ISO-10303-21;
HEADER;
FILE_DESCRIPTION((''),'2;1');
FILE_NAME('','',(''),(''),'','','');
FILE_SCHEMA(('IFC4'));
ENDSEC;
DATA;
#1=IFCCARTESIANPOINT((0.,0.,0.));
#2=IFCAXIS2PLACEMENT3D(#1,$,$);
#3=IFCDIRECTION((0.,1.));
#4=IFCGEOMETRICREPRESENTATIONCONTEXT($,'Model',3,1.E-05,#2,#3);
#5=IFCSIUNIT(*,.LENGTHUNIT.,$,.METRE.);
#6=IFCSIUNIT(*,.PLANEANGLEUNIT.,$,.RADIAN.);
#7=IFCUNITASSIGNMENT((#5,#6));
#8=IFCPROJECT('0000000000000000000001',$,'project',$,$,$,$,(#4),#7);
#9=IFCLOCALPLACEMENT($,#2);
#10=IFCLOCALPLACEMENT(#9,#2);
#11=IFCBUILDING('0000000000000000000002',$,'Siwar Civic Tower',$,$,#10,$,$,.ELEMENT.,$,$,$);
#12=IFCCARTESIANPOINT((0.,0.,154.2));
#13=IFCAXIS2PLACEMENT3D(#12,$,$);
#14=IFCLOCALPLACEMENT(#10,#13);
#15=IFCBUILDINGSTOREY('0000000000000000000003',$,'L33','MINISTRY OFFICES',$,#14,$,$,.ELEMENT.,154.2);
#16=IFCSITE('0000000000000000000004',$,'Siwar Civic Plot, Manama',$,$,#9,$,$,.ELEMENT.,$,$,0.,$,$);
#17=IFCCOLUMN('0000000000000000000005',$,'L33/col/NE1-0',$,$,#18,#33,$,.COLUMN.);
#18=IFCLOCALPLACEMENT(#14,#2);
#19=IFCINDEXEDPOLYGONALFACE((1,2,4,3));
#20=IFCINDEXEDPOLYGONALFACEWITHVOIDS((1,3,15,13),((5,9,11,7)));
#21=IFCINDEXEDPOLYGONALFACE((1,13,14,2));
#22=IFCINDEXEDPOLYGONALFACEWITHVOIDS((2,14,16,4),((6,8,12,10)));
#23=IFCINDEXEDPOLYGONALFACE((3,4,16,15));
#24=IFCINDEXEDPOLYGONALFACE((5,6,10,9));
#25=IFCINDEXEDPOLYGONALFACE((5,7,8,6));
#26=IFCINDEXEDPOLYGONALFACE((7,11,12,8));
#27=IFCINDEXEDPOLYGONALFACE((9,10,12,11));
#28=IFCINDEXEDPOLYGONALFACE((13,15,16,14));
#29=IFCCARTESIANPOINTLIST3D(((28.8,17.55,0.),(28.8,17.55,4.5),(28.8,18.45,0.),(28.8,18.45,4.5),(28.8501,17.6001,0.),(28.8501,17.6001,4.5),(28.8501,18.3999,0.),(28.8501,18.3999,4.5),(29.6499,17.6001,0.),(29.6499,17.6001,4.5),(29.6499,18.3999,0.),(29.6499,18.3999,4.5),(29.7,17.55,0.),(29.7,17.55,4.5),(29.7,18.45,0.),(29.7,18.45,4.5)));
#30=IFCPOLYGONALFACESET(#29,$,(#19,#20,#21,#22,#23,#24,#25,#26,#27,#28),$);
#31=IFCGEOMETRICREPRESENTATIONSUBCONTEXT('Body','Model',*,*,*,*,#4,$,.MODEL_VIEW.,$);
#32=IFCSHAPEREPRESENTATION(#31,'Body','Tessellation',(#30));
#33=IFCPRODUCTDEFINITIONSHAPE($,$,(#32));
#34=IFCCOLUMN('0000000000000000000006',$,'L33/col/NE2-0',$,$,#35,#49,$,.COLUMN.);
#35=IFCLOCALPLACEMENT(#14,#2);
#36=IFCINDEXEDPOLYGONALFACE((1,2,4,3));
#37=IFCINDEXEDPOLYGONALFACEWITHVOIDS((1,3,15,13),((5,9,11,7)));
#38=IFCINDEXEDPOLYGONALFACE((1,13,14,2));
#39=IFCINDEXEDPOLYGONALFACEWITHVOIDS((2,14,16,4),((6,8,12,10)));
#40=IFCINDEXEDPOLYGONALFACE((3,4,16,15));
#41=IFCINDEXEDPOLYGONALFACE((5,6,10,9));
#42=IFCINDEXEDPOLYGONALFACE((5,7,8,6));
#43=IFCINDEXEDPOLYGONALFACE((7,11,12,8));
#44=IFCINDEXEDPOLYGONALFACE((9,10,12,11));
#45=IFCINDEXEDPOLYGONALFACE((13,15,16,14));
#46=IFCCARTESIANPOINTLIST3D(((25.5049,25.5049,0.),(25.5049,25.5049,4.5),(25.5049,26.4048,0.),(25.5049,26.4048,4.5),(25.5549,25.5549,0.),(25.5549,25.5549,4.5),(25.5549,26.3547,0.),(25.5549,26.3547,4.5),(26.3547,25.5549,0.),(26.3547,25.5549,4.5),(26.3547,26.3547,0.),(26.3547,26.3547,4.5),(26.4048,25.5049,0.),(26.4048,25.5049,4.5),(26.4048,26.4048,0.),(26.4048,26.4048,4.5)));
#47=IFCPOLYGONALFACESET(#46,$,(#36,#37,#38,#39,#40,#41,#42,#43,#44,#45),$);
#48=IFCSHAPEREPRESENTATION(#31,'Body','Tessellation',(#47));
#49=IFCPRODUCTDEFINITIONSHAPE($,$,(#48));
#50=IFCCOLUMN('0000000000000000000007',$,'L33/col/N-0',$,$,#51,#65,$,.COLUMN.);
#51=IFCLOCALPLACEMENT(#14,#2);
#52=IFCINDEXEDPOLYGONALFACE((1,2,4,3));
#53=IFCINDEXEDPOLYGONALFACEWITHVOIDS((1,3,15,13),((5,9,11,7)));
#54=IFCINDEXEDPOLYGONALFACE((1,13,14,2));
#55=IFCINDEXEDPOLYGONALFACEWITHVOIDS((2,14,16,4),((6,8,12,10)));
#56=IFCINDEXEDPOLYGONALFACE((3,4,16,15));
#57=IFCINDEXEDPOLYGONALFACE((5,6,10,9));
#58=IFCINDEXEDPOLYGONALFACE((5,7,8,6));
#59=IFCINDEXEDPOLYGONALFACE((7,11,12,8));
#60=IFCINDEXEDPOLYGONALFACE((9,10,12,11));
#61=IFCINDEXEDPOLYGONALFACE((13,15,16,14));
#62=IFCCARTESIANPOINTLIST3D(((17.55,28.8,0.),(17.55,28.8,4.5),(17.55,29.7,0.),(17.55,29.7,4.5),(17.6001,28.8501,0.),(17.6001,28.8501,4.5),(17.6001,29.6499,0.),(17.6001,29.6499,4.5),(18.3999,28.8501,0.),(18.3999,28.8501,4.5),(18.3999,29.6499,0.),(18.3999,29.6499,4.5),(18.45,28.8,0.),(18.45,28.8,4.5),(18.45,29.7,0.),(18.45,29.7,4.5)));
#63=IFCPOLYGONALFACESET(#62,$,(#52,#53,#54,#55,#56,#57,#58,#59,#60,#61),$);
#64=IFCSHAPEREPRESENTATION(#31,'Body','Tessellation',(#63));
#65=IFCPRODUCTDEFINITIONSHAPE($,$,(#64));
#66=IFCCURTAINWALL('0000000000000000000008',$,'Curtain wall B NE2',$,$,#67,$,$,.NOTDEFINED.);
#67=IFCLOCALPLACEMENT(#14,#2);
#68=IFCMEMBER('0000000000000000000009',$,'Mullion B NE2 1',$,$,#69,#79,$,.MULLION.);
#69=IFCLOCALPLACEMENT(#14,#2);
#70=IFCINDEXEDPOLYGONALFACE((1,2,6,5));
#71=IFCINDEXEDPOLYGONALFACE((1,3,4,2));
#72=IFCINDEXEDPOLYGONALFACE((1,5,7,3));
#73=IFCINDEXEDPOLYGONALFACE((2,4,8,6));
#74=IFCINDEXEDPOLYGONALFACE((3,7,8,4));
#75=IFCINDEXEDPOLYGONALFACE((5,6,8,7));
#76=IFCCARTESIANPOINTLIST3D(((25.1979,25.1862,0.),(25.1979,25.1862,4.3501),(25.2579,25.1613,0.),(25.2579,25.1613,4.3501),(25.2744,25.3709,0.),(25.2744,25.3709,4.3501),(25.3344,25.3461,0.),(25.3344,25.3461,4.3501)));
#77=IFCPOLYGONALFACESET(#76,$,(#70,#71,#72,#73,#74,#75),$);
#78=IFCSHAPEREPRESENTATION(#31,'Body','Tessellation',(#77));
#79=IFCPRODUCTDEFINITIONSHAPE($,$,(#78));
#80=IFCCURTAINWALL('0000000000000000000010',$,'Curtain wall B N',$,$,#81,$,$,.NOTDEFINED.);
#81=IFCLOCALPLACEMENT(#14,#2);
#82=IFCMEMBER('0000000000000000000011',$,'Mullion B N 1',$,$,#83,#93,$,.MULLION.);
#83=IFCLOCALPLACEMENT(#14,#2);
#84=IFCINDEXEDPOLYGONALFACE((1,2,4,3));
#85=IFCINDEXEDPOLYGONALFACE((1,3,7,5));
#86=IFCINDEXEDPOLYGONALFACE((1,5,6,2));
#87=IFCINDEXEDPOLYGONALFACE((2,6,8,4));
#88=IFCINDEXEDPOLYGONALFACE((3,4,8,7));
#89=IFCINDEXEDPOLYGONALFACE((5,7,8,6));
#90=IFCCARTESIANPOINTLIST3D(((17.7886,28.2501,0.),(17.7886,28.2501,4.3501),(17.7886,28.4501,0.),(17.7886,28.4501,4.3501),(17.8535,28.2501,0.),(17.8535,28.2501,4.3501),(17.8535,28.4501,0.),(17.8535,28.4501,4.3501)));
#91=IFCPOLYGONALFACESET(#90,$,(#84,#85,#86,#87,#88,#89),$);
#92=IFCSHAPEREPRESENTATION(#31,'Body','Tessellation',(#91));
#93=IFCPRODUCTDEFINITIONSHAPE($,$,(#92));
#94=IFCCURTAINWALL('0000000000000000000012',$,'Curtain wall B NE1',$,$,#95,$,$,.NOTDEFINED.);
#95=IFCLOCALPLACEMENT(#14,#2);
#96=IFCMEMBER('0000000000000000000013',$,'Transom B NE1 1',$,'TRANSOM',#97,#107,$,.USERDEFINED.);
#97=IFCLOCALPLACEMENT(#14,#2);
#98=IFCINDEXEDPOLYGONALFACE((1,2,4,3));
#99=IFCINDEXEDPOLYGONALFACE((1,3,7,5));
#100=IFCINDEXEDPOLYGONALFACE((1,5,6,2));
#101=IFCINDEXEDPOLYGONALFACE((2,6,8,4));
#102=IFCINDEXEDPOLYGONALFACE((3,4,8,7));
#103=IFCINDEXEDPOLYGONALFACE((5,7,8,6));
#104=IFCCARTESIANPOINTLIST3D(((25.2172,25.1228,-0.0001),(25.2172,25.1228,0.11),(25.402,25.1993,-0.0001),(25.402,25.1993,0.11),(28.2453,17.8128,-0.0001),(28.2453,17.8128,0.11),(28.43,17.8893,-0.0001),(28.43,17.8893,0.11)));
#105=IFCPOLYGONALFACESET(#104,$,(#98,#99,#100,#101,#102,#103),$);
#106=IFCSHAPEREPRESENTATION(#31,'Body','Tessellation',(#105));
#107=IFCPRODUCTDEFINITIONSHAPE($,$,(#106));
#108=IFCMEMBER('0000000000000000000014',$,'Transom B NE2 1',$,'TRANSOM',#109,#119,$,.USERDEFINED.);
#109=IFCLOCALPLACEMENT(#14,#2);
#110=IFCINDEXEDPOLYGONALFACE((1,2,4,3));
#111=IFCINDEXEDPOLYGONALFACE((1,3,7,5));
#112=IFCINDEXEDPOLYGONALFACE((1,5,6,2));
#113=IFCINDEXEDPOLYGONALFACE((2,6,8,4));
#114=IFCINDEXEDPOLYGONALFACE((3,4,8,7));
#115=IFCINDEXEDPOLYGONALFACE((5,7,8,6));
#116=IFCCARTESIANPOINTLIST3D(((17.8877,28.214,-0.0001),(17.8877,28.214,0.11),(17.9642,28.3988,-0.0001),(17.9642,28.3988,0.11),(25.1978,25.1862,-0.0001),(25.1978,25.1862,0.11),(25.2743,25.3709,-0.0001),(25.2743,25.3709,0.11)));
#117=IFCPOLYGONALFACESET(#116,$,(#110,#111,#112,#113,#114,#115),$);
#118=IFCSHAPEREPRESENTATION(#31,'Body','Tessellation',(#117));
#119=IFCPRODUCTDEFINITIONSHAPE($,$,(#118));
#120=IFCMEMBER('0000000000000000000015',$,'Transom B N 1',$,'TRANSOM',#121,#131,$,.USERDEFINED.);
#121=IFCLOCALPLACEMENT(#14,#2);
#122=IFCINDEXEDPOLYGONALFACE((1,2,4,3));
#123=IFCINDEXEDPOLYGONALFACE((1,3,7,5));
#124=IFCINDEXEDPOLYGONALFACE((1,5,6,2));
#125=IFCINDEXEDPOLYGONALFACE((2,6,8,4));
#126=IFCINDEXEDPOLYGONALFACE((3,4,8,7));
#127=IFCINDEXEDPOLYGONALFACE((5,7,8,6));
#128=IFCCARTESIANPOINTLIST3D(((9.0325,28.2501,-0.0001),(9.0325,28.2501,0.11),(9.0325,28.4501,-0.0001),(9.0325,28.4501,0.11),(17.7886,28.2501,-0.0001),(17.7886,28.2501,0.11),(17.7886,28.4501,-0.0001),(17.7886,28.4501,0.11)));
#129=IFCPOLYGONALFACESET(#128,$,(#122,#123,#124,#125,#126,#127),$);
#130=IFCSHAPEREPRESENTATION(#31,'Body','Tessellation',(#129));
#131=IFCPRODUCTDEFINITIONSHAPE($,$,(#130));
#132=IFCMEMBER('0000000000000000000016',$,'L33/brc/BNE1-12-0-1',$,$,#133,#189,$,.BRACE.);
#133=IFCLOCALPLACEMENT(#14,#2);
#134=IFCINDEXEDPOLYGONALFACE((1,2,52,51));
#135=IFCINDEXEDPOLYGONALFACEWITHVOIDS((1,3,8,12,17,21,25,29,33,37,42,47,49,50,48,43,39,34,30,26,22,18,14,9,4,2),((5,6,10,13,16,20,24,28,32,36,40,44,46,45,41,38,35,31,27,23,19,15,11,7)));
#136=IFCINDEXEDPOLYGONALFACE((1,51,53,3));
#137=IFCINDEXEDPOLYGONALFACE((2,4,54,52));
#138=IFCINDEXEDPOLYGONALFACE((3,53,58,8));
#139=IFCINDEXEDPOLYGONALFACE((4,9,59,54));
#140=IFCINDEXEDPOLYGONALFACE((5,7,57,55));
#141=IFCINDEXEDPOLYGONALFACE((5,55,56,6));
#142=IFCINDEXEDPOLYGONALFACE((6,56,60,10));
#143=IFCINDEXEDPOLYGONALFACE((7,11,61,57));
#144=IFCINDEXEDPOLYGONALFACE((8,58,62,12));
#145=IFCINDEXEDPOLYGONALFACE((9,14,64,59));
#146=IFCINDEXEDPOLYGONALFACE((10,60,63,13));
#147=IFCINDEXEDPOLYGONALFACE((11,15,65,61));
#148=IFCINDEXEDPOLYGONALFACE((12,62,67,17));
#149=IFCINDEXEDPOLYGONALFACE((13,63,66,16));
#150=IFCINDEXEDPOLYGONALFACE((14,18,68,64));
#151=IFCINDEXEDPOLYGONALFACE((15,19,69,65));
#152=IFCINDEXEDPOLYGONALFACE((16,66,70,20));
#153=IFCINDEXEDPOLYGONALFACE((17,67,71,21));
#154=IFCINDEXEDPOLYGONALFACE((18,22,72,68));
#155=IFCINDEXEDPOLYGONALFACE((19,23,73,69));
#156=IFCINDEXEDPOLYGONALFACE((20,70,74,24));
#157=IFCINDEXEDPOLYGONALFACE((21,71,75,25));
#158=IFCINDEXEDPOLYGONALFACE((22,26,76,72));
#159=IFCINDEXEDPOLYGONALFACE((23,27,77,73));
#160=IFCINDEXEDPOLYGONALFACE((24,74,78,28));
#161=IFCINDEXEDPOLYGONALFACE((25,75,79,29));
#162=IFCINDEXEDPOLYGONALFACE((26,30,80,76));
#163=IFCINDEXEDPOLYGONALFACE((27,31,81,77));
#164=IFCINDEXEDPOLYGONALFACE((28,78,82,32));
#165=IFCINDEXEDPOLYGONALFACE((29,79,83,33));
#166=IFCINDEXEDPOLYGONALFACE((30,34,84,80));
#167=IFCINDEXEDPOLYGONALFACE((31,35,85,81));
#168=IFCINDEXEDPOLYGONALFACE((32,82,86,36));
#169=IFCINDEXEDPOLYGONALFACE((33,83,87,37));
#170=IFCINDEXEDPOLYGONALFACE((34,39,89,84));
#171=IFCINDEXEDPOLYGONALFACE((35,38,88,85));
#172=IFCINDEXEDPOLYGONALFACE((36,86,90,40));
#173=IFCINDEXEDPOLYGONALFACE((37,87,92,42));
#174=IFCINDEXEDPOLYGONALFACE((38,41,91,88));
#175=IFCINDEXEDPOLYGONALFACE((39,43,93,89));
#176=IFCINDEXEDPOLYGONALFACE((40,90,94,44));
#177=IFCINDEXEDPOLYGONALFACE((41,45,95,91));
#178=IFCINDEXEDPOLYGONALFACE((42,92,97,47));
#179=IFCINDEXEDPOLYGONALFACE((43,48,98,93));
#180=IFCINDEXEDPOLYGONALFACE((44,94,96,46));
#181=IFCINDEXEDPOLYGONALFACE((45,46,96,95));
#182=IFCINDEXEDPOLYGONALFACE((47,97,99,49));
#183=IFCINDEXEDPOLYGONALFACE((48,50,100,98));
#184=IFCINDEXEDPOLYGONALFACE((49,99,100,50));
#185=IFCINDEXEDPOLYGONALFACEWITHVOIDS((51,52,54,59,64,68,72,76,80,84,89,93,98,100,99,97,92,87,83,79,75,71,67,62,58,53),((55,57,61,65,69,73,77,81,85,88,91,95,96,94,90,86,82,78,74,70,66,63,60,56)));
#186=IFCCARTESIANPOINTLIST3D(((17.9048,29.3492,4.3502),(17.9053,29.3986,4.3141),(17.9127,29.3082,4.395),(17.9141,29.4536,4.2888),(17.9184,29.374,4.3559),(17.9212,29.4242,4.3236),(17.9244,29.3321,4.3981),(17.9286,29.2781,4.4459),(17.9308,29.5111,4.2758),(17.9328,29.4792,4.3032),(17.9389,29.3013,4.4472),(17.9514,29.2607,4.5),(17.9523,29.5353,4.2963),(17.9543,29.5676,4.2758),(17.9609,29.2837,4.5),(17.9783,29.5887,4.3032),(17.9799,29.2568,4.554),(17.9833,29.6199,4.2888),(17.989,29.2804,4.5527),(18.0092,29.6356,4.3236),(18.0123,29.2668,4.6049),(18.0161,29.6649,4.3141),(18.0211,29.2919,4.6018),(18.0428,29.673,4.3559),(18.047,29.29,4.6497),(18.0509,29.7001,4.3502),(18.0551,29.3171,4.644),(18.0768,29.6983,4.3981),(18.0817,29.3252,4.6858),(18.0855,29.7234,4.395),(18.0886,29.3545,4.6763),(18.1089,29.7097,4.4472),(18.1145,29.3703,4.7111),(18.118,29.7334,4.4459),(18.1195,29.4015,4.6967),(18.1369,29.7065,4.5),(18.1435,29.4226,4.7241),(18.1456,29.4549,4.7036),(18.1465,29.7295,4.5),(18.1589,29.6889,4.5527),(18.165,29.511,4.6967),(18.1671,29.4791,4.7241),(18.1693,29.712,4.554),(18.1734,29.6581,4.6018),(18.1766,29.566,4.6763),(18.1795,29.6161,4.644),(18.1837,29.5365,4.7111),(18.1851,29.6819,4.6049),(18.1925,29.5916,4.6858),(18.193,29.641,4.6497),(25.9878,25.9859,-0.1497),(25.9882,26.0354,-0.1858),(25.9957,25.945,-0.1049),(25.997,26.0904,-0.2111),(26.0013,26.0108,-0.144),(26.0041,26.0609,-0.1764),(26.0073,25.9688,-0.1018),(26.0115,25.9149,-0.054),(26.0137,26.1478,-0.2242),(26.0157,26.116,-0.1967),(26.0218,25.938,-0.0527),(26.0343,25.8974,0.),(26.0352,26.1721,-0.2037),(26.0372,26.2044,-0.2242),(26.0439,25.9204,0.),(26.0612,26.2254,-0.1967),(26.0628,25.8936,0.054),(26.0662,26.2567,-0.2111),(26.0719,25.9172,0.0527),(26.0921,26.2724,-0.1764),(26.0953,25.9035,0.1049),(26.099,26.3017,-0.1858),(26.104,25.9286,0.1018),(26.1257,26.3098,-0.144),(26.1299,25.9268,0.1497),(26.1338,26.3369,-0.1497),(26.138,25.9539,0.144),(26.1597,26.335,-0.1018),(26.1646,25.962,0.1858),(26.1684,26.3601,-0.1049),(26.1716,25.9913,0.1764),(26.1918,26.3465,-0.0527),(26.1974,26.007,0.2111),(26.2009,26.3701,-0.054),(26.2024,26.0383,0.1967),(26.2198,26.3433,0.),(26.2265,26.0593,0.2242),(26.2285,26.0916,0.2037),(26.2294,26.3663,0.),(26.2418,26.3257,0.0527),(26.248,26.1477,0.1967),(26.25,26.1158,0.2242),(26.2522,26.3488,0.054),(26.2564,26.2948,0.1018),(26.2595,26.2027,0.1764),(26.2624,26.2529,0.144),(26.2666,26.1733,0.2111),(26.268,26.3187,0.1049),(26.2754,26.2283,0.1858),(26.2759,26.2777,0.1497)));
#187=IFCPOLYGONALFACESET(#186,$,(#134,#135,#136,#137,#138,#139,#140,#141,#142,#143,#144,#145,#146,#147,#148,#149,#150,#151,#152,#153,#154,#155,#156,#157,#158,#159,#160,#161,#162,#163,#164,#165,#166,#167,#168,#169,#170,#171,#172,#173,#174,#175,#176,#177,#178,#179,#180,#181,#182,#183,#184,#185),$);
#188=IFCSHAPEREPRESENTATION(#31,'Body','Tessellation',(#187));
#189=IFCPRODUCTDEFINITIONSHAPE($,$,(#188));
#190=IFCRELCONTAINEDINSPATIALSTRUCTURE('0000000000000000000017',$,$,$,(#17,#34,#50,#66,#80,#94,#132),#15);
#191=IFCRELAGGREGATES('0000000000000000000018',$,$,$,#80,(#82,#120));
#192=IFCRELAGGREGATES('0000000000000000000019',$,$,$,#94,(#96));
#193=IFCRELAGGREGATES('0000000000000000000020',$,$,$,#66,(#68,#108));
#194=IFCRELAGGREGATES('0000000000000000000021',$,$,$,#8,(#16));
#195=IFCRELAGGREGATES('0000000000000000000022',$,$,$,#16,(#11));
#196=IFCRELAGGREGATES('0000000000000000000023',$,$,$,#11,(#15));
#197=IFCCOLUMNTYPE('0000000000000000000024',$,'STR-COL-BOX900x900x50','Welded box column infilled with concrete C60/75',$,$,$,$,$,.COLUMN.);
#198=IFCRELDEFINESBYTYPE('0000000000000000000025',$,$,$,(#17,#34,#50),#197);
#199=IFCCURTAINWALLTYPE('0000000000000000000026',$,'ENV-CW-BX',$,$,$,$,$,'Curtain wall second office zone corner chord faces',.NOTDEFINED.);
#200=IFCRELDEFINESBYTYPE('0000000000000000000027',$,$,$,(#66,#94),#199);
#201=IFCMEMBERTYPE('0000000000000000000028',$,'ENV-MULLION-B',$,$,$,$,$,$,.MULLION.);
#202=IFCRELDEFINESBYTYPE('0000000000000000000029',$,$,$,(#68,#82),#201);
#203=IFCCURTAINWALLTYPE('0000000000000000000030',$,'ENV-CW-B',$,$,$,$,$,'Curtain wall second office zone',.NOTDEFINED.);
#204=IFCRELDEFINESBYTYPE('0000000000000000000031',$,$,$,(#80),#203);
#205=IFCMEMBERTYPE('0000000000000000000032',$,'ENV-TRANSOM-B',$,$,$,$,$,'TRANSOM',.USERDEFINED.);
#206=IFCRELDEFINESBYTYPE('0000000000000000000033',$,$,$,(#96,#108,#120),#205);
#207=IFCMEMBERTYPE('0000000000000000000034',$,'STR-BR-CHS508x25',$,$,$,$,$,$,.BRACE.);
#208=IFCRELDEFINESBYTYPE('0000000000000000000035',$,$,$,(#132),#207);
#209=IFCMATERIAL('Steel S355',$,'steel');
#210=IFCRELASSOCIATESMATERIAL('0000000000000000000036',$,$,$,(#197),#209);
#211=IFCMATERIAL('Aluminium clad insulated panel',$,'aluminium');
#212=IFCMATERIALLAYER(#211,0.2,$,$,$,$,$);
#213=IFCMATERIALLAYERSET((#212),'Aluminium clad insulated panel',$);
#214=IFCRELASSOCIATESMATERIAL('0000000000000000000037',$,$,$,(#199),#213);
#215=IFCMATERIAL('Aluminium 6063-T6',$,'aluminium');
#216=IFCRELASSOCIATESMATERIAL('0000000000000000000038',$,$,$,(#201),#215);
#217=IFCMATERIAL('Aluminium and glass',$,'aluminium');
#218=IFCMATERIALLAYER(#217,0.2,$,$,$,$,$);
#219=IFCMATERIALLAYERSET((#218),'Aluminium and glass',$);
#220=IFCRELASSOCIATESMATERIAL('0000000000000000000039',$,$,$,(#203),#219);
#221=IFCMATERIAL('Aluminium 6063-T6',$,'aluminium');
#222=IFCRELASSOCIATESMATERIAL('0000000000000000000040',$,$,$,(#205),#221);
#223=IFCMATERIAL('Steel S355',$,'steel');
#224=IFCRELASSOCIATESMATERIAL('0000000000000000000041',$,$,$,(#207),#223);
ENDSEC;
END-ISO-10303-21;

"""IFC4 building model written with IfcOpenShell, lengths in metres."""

from ifc_helpers import new_model, si_unit, direction, frame, origin, origin_2d, place, context, subcontext, project, spatial, rectangle, hollow_rectangle, hollow_circle, extrude, material, layer, layer_set, material_profile, profile_set, type_object, element, aggregate, save


model = new_model("IFC4")

# Units and contexts
model_context = context("Model", 3, precision=1e-05, world=origin(), true_north=direction((0.0, 1.0)))
body_context = subcontext(model_context, "Body", "Model", "MODEL_VIEW")
ifc_project = project(units=[si_unit("LENGTHUNIT", "METRE"), si_unit("PLANEANGLEUNIT", "RADIAN")], contexts=[model_context])

# Site, building, storey
site_placement = place(None, origin())
site = spatial("IfcSite", under=ifc_project, at=site_placement, Name="Siwar Civic Plot, Manama", CompositionType="ELEMENT", RefElevation=0.0)
building_placement = place(site_placement, origin())
building = spatial("IfcBuilding", under=site, at=building_placement, Name="Siwar Civic Tower", CompositionType="ELEMENT")
storey_placement = place(building_placement, frame((0.0, 0.0, 154.2)))
storey = spatial("IfcBuildingStorey", under=building, at=storey_placement, Name="L33", Description="MINISTRY OFFICES", CompositionType="ELEMENT", Elevation=154.2)

# Columns
ifc_material_1 = material(Name="Steel S355", Category="steel")
ifc_material_profile_1 = material_profile(ifc_material_1, hollow_rectangle(XDim=0.8999, YDim=0.8999, WallThickness=0.05, at=origin_2d()), Name="BOX900x900x50")
ifc_profile_set_1 = profile_set([ifc_material_profile_1], Name="Steel S355")
column_type = type_object("IfcColumnType", Name="STR-COL-BOX900x900x50", Description="Welded box column infilled with concrete C60/75", PredefinedType="COLUMN", material=ifc_profile_set_1)
for number, where, z_axis, x_axis, name in (
    (1, (29.25, 18.0, 0.0), (0.0, 0.0, 1.0), (1.0, 0.0, 0.0), "L33/col/NE1-0"),
    (2, (25.9548, 25.9548, 0.0), (0.0, 0.0, 1.0), (1.0, 0.0, 0.0), "L33/col/NE2-0"),
    (3, (18.0, 29.25, 0.0), (0.0, 0.0, 1.0), (1.0, 0.0, 0.0), "L33/col/N-0"),
):
    element("IfcColumn", number, at=place(storey_placement, frame(where, z_axis=z_axis, x_axis=x_axis)), inside=storey, type_object=column_type, Name=name, PredefinedType="COLUMN", context=body_context, shape_type="SweptSolid", body=[
        extrude(hollow_rectangle(XDim=0.8999, YDim=0.8999, WallThickness=0.05, at=origin_2d()), origin(), (0.0, 0.0, 1.0), 4.5),
    ])

# Curtain walls, members
ifc_material_2 = material(Name="Aluminium clad insulated panel", Category="aluminium")
ifc_layer_1 = layer(ifc_material_2, 0.2)
ifc_layer_set_1 = layer_set([ifc_layer_1], Name="Aluminium clad insulated panel")
curtain_wall_type_1 = type_object("IfcCurtainWallType", Name="ENV-CW-BX", ElementType="Curtain wall second office zone corner chord faces", PredefinedType="NOTDEFINED", material=ifc_layer_set_1)
curtain_wall_1_placement = place(storey_placement, origin())
curtain_wall_1 = element("IfcCurtainWall", 4, at=curtain_wall_1_placement, inside=storey, type_object=curtain_wall_type_1, Name="Curtain wall B NE2", PredefinedType="NOTDEFINED")
ifc_material_3 = material(Name="Aluminium 6063-T6", Category="aluminium")
ifc_material_profile_2 = material_profile(ifc_material_3, rectangle(XDim=0.2, YDim=0.0649, at=origin_2d()), Name="AL 200x65")
ifc_profile_set_2 = profile_set([ifc_material_profile_2], Name="Aluminium 6063-T6")
member_type_1 = type_object("IfcMemberType", Name="ENV-MULLION-B", PredefinedType="MULLION", material=ifc_profile_set_2)
member_1_placement = place(storey_placement, frame((25.2661, 25.2661, 0.0), z_axis=(0.0, 0.0, 1.0), x_axis=(-0.382683, -0.92388, 0.0)))
member_1 = element("IfcMember", 5, at=member_1_placement, type_object=member_type_1, Name="Mullion B NE2 1", PredefinedType="MULLION", context=body_context, shape_type="SweptSolid", body=[
    extrude(rectangle(XDim=0.2, YDim=0.0649, at=origin_2d()), origin(), (0.0, 0.0, 1.0), 4.3501),
])
ifc_material_4 = material(Name="Aluminium and glass", Category="aluminium")
ifc_layer_2 = layer(ifc_material_4, 0.2)
ifc_layer_set_2 = layer_set([ifc_layer_2], Name="Aluminium and glass")
curtain_wall_type_2 = type_object("IfcCurtainWallType", Name="ENV-CW-B", ElementType="Curtain wall second office zone", PredefinedType="NOTDEFINED", material=ifc_layer_set_2)
curtain_wall_2_placement = place(storey_placement, origin())
curtain_wall_2 = element("IfcCurtainWall", 6, at=curtain_wall_2_placement, inside=storey, type_object=curtain_wall_type_2, Name="Curtain wall B N", PredefinedType="NOTDEFINED")
member_2_placement = place(storey_placement, frame((17.821, 28.3501, 0.0), z_axis=(0.0, 0.0, 1.0), x_axis=(0.0, -1.0, 0.0)))
member_2 = element("IfcMember", 7, at=member_2_placement, type_object=member_type_1, Name="Mullion B N 1", PredefinedType="MULLION", context=body_context, shape_type="SweptSolid", body=[
    extrude(rectangle(XDim=0.2, YDim=0.0649, at=origin_2d()), origin(), (0.0, 0.0, 1.0), 4.3501),
])
curtain_wall_3_placement = place(storey_placement, origin())
curtain_wall_3 = element("IfcCurtainWall", 8, at=curtain_wall_3_placement, inside=storey, type_object=curtain_wall_type_1, Name="Curtain wall B NE1", PredefinedType="NOTDEFINED")
ifc_material_5 = material(Name="Aluminium 6063-T6", Category="aluminium")
ifc_material_profile_3 = material_profile(ifc_material_5, rectangle(XDim=0.2, YDim=0.1101, at=origin_2d()), Name="AL 200x110")
ifc_profile_set_3 = profile_set([ifc_material_profile_3], Name="Aluminium 6063-T6")
member_type_2 = type_object("IfcMemberType", Name="ENV-TRANSOM-B", ElementType="TRANSOM", PredefinedType="USERDEFINED", material=ifc_profile_set_3)
member_3_placement = place(storey_placement, frame((28.3376, 17.8511, 0.0549), z_axis=(-0.3827, 0.923873, 0.0), x_axis=(-0.923873, -0.3827, 0.0)))
member_3 = element("IfcMember", 9, at=member_3_placement, type_object=member_type_2, Name="Transom B NE1 1", ObjectType="TRANSOM", PredefinedType="USERDEFINED", context=body_context, shape_type="SweptSolid", body=[
    extrude(rectangle(XDim=0.2, YDim=0.1101, at=origin_2d()), origin(), (0.0, 0.0, 1.0), 7.9124),
])

# Members
member_4_placement = place(storey_placement, frame((25.2361, 25.2786, 0.0549), z_axis=(-0.923884, 0.382673, 0.0), x_axis=(-0.382673, -0.923884, 0.0)))
member_4 = element("IfcMember", 10, at=member_4_placement, type_object=member_type_2, Name="Transom B NE2 1", ObjectType="TRANSOM", PredefinedType="USERDEFINED", context=body_context, shape_type="SweptSolid", body=[
    extrude(rectangle(XDim=0.2, YDim=0.1101, at=origin_2d()), origin(), (0.0, 0.0, 1.0), 7.9124),
])
member_5_placement = place(storey_placement, frame((17.7886, 28.3501, 0.0549), z_axis=(-1.0, 0.0, 0.0), x_axis=(0.0, -1.0, 0.0)))
member_5 = element("IfcMember", 11, at=member_5_placement, type_object=member_type_2, Name="Transom B N 1", ObjectType="TRANSOM", PredefinedType="USERDEFINED", context=body_context, shape_type="SweptSolid", body=[
    extrude(rectangle(XDim=0.2, YDim=0.1101, at=origin_2d()), origin(), (0.0, 0.0, 1.0), 8.7561),
])
aggregate(curtain_wall_2, [member_2, member_5])

# Member
ifc_material_6 = material(Name="Steel S355", Category="steel")
ifc_material_profile_4 = material_profile(ifc_material_6, hollow_circle(Radius=0.2539, WallThickness=0.0249, at=origin_2d()), Name="CHS508x25")
ifc_profile_set_4 = profile_set([ifc_material_profile_4], Name="Steel S355")
member_type_3 = type_object("IfcMemberType", Name="STR-BR-CHS508x25", PredefinedType="BRACE", material=ifc_profile_set_4)
member_6_placement = place(storey_placement, frame((26.1318, 26.1318, 0.0), z_axis=(-0.821143, 0.341671, 0.457149), x_axis=(-0.384164, -0.923265, 0.0)))
element("IfcMember", 12, at=member_6_placement, inside=storey, type_object=member_type_3, Name="L33/brc/BNE1-12-0-1", PredefinedType="BRACE", context=body_context, shape_type="SweptSolid", body=[
    extrude(hollow_circle(Radius=0.2539, WallThickness=0.0249, at=origin_2d()), origin(), (0.0, 0.0, 1.0), 9.8435),
])

aggregate(curtain_wall_3, [member_3])
aggregate(curtain_wall_1, [member_1, member_4])

save(model, "model.ifc")
